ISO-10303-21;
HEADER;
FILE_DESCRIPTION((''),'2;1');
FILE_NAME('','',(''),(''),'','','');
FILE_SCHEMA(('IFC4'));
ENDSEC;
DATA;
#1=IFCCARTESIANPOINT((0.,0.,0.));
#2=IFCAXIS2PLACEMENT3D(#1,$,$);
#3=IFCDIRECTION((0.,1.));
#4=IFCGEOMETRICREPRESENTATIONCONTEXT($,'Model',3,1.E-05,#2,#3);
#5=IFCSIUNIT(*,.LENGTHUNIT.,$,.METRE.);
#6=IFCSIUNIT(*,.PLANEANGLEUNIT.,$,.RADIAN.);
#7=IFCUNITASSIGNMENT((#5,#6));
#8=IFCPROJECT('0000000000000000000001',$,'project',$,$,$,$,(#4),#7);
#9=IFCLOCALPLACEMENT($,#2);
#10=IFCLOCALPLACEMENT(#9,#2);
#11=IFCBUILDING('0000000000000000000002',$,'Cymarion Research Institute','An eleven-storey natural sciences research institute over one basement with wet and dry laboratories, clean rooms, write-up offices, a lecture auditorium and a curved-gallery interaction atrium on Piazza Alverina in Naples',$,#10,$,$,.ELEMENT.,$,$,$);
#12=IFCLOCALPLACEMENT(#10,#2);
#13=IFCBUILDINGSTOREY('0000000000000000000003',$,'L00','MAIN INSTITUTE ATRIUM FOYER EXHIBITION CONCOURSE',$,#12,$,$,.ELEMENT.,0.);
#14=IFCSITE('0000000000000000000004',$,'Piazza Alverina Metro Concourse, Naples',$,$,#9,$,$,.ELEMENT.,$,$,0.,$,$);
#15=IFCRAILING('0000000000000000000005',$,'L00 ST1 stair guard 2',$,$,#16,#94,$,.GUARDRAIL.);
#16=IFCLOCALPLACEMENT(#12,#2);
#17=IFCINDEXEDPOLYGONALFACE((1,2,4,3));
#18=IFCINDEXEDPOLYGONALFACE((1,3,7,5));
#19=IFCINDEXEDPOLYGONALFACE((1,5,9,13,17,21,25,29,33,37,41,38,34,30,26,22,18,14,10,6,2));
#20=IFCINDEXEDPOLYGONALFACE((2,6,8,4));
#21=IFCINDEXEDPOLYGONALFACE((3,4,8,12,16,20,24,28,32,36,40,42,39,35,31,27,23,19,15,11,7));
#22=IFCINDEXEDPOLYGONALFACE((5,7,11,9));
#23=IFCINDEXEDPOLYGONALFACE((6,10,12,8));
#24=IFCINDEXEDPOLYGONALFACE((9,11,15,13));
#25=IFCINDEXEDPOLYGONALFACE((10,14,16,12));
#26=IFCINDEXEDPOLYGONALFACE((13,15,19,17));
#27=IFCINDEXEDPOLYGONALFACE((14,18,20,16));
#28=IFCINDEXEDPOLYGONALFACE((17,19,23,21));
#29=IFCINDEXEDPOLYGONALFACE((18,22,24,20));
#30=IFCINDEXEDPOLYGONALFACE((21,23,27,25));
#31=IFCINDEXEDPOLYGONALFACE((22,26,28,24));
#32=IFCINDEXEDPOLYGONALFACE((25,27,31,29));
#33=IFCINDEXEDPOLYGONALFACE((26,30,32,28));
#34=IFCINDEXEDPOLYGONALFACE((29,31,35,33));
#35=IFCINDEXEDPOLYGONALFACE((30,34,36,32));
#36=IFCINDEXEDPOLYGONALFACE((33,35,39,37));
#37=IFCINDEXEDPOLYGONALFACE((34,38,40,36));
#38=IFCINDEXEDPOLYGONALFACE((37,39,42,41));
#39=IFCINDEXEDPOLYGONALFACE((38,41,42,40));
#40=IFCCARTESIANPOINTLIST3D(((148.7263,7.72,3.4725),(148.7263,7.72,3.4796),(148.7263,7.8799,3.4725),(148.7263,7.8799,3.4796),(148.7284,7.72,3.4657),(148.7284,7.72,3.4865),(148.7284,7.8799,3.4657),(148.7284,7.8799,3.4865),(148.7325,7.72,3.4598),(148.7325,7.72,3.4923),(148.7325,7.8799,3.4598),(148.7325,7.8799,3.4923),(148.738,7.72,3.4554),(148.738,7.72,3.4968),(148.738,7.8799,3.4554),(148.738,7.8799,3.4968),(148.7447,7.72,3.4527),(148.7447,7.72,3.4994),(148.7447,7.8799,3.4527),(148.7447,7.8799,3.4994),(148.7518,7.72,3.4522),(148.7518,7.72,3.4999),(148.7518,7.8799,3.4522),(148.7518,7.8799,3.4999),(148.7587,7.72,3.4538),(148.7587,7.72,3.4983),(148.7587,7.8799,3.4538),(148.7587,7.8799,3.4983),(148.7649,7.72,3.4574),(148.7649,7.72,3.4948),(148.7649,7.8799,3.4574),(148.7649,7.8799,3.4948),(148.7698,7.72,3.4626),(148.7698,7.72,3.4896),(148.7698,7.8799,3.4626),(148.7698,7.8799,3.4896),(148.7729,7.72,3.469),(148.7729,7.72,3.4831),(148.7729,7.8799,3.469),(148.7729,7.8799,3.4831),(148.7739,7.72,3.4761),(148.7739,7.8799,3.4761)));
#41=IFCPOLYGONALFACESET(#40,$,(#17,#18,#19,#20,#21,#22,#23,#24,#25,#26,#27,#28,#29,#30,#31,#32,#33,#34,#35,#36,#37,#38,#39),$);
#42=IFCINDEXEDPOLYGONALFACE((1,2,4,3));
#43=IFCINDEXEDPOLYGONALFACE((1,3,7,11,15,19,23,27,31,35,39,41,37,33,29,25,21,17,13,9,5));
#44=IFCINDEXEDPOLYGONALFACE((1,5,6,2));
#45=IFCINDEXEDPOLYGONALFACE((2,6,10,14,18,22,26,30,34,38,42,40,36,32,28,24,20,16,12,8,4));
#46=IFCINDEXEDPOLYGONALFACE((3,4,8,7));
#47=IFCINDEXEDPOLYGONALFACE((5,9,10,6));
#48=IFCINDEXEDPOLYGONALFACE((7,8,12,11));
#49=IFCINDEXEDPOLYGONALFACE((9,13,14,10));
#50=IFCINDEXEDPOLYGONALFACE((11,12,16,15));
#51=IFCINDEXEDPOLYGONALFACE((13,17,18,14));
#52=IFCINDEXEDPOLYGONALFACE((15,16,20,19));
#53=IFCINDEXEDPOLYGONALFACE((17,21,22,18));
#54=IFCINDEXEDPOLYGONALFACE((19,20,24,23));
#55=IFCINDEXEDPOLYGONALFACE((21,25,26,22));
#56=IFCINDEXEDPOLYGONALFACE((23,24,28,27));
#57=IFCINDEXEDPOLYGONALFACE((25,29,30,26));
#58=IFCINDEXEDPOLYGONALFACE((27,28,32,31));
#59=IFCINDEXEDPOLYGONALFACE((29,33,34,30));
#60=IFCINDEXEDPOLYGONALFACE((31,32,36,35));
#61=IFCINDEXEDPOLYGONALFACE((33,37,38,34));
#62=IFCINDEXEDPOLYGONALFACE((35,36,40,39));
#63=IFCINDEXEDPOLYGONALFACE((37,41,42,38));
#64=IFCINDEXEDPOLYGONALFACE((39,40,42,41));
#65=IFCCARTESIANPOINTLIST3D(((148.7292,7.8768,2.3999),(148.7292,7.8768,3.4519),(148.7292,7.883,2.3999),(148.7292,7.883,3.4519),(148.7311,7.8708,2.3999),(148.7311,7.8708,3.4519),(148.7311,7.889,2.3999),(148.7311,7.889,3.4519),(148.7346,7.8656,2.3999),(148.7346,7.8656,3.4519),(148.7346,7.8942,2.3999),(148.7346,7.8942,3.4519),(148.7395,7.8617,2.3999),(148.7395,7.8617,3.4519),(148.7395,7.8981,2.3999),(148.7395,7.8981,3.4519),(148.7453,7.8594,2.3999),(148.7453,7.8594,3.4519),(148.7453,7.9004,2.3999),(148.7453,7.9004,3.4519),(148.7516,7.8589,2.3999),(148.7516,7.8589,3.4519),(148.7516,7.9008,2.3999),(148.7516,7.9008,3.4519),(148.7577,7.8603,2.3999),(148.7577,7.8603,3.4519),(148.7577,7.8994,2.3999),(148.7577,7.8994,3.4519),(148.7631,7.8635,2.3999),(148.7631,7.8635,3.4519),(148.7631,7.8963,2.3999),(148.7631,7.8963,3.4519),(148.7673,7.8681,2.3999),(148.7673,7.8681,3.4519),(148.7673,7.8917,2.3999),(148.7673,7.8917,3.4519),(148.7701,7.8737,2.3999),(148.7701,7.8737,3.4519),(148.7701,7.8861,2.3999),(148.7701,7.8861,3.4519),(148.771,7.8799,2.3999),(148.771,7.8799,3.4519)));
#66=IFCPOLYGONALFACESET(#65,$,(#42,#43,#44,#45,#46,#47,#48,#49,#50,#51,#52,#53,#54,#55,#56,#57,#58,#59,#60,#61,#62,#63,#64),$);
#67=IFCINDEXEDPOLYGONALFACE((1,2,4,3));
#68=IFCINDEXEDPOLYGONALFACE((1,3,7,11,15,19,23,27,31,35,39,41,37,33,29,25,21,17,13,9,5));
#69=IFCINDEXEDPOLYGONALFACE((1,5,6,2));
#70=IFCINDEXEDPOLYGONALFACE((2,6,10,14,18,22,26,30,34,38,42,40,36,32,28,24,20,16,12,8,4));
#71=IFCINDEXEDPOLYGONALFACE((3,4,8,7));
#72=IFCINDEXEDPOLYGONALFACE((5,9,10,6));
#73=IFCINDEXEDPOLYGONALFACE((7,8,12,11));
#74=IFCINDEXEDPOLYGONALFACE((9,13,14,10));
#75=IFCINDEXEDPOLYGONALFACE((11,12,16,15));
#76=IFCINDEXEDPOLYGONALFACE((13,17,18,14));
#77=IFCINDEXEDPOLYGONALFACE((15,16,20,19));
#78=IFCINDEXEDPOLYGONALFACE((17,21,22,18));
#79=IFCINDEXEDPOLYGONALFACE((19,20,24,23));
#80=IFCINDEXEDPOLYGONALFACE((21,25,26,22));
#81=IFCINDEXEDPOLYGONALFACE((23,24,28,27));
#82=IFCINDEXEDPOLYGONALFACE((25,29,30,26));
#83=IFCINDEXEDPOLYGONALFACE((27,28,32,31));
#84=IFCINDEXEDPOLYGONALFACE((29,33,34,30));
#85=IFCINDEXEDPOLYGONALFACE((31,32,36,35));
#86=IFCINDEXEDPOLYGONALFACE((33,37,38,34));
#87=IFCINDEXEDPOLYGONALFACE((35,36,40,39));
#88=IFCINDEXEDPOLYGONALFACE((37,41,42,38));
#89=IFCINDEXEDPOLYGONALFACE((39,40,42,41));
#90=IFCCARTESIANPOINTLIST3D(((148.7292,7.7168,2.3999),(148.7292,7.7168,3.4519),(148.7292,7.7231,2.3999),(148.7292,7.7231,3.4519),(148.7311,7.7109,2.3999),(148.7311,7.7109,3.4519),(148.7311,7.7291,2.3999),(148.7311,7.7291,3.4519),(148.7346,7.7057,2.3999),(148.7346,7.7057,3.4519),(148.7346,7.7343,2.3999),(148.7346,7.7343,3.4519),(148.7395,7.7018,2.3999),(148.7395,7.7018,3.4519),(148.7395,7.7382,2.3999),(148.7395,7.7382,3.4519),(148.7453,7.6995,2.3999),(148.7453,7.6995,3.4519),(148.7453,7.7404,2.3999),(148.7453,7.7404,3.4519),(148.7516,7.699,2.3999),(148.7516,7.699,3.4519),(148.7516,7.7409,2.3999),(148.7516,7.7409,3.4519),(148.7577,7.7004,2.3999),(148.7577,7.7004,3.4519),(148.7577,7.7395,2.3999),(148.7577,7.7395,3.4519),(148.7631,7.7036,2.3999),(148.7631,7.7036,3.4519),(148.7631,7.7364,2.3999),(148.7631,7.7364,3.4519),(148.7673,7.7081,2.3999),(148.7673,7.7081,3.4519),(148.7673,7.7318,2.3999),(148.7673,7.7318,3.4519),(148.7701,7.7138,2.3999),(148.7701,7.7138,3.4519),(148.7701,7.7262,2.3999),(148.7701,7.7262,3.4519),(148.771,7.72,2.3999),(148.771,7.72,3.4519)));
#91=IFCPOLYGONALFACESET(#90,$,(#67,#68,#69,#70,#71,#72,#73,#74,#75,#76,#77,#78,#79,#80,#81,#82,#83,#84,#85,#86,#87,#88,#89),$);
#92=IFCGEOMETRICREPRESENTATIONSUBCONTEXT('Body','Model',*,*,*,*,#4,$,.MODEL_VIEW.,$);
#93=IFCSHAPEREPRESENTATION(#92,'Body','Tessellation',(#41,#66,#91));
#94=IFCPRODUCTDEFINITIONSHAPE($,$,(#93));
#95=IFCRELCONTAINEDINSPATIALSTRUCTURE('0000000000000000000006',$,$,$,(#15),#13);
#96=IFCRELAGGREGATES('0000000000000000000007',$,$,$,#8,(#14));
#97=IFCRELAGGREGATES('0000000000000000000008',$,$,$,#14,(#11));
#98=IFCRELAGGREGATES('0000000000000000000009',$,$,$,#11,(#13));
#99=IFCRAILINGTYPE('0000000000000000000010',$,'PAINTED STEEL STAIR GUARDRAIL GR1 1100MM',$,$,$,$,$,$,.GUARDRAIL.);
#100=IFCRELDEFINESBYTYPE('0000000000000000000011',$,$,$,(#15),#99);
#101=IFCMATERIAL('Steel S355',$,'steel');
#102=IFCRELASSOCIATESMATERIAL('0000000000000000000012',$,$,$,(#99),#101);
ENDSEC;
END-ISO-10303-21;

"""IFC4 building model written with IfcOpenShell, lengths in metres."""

from ifc_helpers import new_model, si_unit, direction, frame, origin, origin_2d, place, context, subcontext, project, spatial, circle, extrude, material, type_object, element, save


model = new_model("IFC4")

# Units and contexts
model_context = context("Model", 3, precision=1e-05, world=origin(), true_north=direction((0.0, 1.0)))
body_context = subcontext(model_context, "Body", "Model", "MODEL_VIEW")
ifc_project = project(units=[si_unit("LENGTHUNIT", "METRE"), si_unit("PLANEANGLEUNIT", "RADIAN")], contexts=[model_context])

# Site, building, storey
site_placement = place(None, origin())
site = spatial("IfcSite", under=ifc_project, at=site_placement, Name="Piazza Alverina Metro Concourse, Naples", CompositionType="ELEMENT", RefElevation=0.0)
building_placement = place(site_placement, origin())
building = spatial("IfcBuilding", under=site, at=building_placement, Name="Cymarion Research Institute", Description="An eleven-storey natural sciences research institute over one basement with wet and dry laboratories, clean rooms, write-up offices, a lecture auditorium and a curved-gallery interaction atrium on Piazza Alverina in Naples", CompositionType="ELEMENT")
storey_placement = place(building_placement, origin())
storey = spatial("IfcBuildingStorey", under=building, at=storey_placement, Name="L00", Description="MAIN INSTITUTE ATRIUM FOYER EXHIBITION CONCOURSE", CompositionType="ELEMENT", Elevation=0.0)

# Shared definitions
ifc_material_1 = material(Name="Steel S355", Category="steel")

# Railing
railing_type_1 = type_object("IfcRailingType", Name="PAINTED STEEL STAIR GUARDRAIL GR1 1100MM", PredefinedType="GUARDRAIL", material=ifc_material_1)
railing_1_placement = place(storey_placement, frame((148.75, 7.8799, 2.3999)))
element("IfcRailing", 1, at=railing_1_placement, inside=storey, type_object=railing_type_1, Name="L00 ST1 stair guard 2", PredefinedType="GUARDRAIL", context=body_context, shape_type="SweptSolid", body=[
    extrude(circle(Radius=0.0239, at=origin_2d()), frame((0.0, 0.0, 1.0762), z_axis=(0.0, -1.0, 0.0), x_axis=(1.0, 0.0, 0.0)), (0.0, 0.0, 1.0), 0.1599),
    extrude(circle(Radius=0.021, at=origin_2d()), origin(), (0.0, 0.0, 1.0), 1.052),
    extrude(circle(Radius=0.021, at=origin_2d()), frame((0.0, -0.1599, 0.0)), (0.0, 0.0, 1.0), 1.052),
])

save(model, "model.ifc")
